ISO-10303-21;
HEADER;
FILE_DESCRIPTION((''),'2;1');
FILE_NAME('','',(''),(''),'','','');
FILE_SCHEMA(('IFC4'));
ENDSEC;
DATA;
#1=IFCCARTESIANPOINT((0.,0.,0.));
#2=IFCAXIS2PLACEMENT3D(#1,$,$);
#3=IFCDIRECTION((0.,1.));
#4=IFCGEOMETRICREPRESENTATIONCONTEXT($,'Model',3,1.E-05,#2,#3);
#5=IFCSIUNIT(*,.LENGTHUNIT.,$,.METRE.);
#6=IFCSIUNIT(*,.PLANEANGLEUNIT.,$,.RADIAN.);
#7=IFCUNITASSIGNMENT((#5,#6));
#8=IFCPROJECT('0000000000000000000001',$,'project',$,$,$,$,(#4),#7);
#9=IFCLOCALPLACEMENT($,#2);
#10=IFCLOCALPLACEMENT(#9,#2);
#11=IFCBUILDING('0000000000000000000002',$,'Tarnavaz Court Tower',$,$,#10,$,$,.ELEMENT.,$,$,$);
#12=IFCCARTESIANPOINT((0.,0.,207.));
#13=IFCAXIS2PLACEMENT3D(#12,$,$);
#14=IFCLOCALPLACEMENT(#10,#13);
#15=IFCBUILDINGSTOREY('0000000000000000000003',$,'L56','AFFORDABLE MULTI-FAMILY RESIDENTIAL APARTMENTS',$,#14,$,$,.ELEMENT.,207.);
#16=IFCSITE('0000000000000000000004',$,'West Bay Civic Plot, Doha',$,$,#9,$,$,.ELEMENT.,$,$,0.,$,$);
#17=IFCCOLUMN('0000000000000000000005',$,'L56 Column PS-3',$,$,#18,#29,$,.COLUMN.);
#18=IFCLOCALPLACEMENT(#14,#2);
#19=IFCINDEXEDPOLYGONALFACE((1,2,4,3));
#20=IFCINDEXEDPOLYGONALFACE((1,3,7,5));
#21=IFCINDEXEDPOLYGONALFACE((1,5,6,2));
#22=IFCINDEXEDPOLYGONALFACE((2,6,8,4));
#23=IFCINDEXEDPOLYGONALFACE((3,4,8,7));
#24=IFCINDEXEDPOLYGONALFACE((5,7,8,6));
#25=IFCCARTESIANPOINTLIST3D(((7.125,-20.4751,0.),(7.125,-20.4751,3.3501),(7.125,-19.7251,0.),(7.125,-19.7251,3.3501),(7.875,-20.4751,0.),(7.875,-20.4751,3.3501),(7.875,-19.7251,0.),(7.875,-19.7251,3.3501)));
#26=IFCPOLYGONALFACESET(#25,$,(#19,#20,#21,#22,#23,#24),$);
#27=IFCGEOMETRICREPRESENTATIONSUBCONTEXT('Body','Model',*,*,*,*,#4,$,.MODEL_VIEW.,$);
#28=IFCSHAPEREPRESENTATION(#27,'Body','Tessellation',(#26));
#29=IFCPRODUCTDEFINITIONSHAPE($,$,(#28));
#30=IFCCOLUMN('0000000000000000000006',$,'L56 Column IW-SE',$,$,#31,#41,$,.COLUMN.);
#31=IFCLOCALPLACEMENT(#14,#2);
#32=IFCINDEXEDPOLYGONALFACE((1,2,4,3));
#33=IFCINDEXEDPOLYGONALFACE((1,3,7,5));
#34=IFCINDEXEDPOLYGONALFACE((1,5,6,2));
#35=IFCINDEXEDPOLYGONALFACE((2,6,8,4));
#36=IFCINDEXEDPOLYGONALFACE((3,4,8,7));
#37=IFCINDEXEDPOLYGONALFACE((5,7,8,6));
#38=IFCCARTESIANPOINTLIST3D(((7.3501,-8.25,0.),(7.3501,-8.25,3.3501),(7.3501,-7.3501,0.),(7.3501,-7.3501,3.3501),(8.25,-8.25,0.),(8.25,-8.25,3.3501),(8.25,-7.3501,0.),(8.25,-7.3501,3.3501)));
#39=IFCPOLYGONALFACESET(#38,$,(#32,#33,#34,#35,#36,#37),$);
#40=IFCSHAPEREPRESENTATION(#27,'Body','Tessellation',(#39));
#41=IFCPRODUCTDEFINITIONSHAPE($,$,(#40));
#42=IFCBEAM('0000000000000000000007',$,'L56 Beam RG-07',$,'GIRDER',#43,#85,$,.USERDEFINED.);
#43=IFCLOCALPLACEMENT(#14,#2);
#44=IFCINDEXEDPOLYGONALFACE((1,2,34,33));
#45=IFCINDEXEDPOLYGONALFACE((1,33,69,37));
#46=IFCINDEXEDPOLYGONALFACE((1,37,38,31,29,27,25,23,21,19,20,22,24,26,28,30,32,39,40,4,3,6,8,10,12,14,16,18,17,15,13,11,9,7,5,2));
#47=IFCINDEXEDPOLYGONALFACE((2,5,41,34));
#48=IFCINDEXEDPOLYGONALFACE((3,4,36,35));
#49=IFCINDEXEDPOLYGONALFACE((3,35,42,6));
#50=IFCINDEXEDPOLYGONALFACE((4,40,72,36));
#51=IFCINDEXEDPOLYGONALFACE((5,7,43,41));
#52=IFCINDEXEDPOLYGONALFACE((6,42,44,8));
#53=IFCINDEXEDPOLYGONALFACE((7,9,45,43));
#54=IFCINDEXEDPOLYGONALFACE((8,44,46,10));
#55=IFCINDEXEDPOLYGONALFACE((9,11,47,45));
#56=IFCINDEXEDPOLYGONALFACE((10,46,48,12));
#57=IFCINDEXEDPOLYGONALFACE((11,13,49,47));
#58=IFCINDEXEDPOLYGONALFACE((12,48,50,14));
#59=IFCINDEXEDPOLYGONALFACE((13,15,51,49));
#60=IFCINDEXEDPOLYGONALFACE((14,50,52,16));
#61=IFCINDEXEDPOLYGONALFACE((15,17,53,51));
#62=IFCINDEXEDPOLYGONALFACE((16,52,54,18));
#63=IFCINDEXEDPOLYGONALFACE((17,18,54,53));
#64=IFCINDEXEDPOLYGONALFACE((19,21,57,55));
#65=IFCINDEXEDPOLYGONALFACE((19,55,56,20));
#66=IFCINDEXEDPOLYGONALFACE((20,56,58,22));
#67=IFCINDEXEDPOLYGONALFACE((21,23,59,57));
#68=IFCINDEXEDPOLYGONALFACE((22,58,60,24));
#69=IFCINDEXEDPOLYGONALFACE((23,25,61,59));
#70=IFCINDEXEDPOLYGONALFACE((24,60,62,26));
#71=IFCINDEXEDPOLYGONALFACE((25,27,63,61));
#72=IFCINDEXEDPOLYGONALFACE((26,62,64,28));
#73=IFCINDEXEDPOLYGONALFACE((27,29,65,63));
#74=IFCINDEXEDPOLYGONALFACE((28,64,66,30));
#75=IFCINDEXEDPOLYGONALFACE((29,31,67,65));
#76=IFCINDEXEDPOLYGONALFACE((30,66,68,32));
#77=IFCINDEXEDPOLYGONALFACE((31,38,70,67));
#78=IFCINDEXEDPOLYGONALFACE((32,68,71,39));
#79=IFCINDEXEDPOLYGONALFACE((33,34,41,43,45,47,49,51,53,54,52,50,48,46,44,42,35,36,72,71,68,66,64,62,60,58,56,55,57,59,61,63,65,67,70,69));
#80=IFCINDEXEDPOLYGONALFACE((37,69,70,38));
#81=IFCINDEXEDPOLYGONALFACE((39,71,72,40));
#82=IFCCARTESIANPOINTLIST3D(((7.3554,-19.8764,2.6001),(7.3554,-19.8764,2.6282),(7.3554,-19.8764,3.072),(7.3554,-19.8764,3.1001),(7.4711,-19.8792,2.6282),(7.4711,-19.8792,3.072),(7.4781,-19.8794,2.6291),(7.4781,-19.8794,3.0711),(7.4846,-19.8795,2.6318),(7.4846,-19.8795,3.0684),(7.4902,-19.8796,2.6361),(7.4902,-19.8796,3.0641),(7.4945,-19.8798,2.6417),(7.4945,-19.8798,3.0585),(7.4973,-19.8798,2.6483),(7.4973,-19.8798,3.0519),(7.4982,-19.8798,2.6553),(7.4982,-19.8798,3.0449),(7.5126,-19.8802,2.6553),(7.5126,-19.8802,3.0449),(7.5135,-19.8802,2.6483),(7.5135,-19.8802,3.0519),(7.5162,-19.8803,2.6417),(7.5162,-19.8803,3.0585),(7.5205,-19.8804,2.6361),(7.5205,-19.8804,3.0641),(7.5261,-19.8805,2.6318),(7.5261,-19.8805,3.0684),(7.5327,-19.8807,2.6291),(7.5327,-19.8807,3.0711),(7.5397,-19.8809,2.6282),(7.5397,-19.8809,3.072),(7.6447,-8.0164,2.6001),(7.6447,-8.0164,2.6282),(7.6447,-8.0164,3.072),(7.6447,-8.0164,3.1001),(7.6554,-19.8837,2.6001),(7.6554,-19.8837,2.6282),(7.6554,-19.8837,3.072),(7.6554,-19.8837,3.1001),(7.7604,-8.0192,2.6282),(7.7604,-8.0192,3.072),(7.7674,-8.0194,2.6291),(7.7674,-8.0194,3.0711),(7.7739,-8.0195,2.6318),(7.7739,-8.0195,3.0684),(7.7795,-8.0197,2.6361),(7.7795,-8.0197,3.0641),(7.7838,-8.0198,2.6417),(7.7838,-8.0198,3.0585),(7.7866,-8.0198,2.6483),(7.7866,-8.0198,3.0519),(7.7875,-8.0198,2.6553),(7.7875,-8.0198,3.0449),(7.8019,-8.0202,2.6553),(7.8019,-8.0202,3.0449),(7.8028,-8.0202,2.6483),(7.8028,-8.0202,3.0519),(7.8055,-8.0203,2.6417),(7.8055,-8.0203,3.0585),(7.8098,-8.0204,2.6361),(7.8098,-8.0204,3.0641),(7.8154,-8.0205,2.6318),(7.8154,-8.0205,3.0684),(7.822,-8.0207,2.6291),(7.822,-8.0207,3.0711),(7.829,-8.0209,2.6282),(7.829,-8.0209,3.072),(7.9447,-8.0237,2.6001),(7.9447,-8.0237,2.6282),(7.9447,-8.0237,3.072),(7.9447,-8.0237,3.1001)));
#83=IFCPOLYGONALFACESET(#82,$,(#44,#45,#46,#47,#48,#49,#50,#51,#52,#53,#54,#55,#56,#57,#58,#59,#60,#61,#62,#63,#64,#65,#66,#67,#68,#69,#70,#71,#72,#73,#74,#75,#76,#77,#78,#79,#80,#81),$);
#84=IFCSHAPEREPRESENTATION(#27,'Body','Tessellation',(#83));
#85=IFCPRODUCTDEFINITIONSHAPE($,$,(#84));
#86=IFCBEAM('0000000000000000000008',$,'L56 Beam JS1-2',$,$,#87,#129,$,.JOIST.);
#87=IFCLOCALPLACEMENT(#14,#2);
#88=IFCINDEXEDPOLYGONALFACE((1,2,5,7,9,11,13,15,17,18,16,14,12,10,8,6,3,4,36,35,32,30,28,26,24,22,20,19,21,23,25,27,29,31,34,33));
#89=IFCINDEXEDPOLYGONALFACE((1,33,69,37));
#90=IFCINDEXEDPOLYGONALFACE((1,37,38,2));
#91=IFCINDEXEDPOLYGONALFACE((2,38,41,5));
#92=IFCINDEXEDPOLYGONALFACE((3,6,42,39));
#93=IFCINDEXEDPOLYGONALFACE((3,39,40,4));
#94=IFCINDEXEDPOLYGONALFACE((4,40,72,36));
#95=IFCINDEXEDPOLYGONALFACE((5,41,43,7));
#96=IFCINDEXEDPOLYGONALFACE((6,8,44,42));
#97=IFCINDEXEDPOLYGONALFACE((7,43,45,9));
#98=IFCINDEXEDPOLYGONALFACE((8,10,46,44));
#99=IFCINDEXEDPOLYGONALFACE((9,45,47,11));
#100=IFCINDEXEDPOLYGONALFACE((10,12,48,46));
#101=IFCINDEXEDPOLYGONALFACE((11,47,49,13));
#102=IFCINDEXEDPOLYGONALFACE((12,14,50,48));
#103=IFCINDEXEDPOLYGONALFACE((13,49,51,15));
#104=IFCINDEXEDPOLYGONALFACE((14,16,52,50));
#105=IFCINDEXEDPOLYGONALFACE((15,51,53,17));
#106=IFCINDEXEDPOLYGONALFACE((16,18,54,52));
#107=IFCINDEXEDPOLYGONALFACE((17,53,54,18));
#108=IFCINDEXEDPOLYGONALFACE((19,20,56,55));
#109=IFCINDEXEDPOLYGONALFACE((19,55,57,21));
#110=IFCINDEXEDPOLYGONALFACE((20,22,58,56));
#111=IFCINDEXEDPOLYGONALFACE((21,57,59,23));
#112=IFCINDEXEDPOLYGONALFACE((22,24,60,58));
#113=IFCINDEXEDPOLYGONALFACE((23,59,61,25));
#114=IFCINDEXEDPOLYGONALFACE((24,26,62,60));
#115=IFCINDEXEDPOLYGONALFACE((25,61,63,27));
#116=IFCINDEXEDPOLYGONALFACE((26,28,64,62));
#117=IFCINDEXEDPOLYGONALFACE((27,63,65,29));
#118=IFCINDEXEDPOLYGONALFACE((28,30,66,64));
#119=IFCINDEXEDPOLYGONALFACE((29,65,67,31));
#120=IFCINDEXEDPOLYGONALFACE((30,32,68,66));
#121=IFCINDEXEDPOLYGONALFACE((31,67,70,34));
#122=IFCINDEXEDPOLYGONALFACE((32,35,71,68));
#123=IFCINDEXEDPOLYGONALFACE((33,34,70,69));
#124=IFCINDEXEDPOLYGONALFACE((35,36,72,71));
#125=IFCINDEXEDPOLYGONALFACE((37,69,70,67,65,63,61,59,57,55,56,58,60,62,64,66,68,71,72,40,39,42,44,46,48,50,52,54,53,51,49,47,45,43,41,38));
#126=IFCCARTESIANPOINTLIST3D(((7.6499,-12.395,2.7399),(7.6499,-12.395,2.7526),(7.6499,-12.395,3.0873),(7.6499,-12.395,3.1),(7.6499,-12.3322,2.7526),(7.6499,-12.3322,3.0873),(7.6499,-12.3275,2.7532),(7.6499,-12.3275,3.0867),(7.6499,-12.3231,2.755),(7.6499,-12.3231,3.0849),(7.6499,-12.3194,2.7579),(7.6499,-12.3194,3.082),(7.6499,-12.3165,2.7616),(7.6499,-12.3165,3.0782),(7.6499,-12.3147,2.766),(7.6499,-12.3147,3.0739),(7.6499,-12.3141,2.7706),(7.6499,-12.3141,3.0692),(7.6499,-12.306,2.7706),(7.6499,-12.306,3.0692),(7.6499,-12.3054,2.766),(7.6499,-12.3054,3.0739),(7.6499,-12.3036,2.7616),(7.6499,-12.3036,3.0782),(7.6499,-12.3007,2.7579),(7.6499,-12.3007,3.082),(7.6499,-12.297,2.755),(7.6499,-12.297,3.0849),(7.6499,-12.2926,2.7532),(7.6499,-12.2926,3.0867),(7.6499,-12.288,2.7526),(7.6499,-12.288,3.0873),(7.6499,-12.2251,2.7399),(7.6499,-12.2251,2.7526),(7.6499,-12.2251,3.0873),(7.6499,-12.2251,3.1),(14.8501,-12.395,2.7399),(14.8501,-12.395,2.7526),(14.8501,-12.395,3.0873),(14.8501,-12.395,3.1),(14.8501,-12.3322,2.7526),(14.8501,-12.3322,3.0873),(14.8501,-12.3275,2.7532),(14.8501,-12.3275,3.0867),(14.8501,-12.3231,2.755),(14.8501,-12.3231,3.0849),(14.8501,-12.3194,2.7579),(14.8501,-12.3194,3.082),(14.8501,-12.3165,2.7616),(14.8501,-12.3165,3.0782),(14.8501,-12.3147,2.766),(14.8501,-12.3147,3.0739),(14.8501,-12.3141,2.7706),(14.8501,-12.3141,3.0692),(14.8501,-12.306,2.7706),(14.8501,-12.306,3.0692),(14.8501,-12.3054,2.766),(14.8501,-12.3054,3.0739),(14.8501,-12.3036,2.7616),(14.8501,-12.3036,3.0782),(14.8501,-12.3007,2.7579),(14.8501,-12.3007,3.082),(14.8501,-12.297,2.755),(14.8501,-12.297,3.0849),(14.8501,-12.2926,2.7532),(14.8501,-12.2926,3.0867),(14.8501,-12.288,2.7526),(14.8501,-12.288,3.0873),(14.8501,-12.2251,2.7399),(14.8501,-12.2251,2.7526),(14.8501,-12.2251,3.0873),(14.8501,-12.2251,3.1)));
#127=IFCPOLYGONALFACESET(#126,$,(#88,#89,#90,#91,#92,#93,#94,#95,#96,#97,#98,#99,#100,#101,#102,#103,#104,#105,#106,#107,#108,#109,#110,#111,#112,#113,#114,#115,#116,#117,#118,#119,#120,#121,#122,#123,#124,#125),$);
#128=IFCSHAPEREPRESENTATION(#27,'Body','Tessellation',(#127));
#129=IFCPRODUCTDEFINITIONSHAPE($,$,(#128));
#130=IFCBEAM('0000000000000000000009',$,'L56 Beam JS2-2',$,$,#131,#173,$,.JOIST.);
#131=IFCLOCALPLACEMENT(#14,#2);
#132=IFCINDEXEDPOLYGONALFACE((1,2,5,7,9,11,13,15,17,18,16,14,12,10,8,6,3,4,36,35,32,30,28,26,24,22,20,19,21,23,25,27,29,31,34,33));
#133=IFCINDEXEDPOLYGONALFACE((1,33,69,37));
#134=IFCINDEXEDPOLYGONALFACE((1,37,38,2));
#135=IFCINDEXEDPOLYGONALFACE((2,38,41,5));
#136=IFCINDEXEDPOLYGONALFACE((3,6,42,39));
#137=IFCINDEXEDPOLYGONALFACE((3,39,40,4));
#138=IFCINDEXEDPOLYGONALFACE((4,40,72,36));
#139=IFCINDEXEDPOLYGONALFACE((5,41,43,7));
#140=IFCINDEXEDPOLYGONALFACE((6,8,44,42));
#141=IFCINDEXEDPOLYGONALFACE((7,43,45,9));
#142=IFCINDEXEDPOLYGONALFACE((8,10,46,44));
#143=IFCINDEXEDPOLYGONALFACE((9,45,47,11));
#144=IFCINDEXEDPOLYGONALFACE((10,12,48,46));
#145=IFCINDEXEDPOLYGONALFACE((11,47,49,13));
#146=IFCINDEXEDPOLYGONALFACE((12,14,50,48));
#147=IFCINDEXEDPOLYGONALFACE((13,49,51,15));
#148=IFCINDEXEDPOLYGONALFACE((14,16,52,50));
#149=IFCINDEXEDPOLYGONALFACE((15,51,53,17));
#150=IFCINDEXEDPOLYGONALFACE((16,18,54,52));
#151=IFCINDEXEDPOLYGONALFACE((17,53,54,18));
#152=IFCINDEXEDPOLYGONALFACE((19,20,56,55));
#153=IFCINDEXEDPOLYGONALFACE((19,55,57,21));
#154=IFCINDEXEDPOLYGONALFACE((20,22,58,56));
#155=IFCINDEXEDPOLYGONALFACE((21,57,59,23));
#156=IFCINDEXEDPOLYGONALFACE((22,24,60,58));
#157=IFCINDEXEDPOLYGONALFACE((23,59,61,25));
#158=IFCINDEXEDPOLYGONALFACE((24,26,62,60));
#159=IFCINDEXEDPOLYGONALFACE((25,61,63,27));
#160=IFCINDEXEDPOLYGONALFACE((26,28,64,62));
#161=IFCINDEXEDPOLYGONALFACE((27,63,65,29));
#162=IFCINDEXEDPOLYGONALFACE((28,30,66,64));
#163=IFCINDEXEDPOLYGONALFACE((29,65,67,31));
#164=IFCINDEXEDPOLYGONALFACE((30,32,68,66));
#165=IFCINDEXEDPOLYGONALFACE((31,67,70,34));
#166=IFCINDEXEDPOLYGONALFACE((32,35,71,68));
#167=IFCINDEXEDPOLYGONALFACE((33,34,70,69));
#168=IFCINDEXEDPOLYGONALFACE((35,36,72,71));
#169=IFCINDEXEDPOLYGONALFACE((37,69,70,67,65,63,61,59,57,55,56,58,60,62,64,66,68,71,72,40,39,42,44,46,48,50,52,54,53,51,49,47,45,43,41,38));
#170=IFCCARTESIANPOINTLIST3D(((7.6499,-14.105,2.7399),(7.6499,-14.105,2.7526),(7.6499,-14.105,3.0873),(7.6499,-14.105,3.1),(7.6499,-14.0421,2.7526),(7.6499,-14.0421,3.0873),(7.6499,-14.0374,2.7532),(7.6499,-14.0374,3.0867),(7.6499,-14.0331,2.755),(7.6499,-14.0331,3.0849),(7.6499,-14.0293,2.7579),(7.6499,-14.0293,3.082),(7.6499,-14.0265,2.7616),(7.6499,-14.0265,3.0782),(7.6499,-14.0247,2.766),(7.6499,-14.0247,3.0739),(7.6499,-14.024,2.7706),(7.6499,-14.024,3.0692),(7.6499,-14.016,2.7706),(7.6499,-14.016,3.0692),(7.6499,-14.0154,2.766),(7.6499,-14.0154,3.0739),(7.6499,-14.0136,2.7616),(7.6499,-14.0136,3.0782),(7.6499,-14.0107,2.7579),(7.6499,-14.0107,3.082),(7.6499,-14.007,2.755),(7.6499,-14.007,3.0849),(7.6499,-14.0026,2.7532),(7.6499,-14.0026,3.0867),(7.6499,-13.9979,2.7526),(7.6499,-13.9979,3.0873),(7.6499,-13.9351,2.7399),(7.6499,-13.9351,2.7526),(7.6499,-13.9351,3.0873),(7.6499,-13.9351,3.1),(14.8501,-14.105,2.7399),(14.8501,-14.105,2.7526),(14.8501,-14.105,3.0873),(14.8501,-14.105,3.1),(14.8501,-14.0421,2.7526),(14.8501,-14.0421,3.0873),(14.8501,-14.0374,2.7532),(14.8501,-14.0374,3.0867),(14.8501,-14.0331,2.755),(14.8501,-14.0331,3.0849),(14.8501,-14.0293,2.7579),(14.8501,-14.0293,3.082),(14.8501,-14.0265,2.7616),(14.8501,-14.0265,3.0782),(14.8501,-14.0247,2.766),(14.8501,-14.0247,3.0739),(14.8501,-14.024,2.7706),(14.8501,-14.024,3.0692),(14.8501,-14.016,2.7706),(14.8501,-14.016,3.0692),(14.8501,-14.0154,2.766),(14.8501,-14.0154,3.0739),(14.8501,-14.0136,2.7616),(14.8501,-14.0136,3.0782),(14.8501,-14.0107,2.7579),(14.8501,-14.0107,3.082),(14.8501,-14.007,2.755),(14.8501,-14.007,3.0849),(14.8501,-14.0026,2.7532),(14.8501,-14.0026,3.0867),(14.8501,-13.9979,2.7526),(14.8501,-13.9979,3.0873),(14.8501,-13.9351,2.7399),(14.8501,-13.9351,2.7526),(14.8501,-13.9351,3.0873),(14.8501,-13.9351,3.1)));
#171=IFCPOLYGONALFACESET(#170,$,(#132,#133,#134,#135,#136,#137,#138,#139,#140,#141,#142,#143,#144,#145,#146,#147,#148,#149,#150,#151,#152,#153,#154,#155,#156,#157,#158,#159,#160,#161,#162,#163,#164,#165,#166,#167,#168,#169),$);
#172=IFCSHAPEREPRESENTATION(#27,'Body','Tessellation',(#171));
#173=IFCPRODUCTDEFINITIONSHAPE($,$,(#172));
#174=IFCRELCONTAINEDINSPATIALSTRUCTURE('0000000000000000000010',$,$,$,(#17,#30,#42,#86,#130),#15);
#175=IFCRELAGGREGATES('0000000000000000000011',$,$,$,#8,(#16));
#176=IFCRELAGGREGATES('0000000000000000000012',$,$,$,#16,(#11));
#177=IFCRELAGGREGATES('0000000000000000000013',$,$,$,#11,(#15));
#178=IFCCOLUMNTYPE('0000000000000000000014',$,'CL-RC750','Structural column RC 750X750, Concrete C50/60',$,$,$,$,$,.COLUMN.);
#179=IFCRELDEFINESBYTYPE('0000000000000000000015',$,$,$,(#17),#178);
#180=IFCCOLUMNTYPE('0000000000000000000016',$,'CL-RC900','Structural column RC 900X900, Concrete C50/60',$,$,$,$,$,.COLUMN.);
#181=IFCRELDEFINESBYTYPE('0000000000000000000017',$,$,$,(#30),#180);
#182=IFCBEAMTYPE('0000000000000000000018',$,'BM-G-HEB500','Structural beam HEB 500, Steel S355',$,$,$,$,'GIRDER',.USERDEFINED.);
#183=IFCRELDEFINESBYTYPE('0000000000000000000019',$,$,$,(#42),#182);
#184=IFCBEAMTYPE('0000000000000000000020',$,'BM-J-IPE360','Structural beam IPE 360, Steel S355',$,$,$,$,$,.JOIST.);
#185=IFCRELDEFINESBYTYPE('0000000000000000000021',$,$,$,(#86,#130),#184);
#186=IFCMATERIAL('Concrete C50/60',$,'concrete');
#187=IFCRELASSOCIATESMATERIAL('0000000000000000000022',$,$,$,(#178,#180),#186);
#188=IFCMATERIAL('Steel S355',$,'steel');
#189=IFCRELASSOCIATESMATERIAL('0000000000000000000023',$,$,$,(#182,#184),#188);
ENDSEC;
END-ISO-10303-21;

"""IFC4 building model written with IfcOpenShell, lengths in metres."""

from ifc_helpers import new_model, si_unit, direction, frame, origin, origin_2d, place, context, subcontext, project, spatial, rectangle, i_section, extrude, material, material_profile, profile_set, type_object, element, save


model = new_model("IFC4")

# Units and contexts
model_context = context("Model", 3, precision=1e-05, world=origin(), true_north=direction((0.0, 1.0)))
body_context = subcontext(model_context, "Body", "Model", "MODEL_VIEW")
ifc_project = project(units=[si_unit("LENGTHUNIT", "METRE"), si_unit("PLANEANGLEUNIT", "RADIAN")], contexts=[model_context])

# Site, building, storey
site_placement = place(None, origin())
site = spatial("IfcSite", under=ifc_project, at=site_placement, Name="West Bay Civic Plot, Doha", CompositionType="ELEMENT", RefElevation=0.0)
building_placement = place(site_placement, origin())
building = spatial("IfcBuilding", under=site, at=building_placement, Name="Tarnavaz Court Tower", CompositionType="ELEMENT")
storey_placement = place(building_placement, frame((0.0, 0.0, 207.0)))
storey = spatial("IfcBuildingStorey", under=building, at=storey_placement, Name="L56", Description="AFFORDABLE MULTI-FAMILY RESIDENTIAL APARTMENTS", CompositionType="ELEMENT", Elevation=207.0)

# Columns
ifc_material_1 = material(Name="Concrete C50/60", Category="concrete")
ifc_material_profile_1 = material_profile(ifc_material_1, rectangle(XDim=0.75, YDim=0.75, at=origin_2d()), Name="RC 750X750")
ifc_profile_set_1 = profile_set([ifc_material_profile_1], Name="Concrete C50/60")
column_type_1 = type_object("IfcColumnType", Name="CL-RC750", Description="Structural column RC 750X750, Concrete C50/60", PredefinedType="COLUMN", material=ifc_profile_set_1)
column_1_placement = place(storey_placement, frame((7.5, -20.1001, 0.0), z_axis=(0.0, 0.0, 1.0), x_axis=(1.0, 0.0, 0.0)))
element("IfcColumn", 1, at=column_1_placement, inside=storey, type_object=column_type_1, Name="L56 Column PS-3", PredefinedType="COLUMN", context=body_context, shape_type="SweptSolid", body=[
    extrude(rectangle(XDim=0.75, YDim=0.75, at=origin_2d()), origin(), (0.0, 0.0, 1.0), 3.3501),
])
ifc_material_profile_2 = material_profile(ifc_material_1, rectangle(XDim=0.8999, YDim=0.8999, at=origin_2d()), Name="RC 900X900")
ifc_profile_set_2 = profile_set([ifc_material_profile_2], Name="Concrete C50/60")
column_type_2 = type_object("IfcColumnType", Name="CL-RC900", Description="Structural column RC 900X900, Concrete C50/60", PredefinedType="COLUMN", material=ifc_profile_set_2)
column_2_placement = place(storey_placement, frame((7.8, -7.8, 0.0), z_axis=(0.0, 0.0, 1.0), x_axis=(1.0, 0.0, 0.0)))
element("IfcColumn", 2, at=column_2_placement, inside=storey, type_object=column_type_2, Name="L56 Column IW-SE", PredefinedType="COLUMN", context=body_context, shape_type="SweptSolid", body=[
    extrude(rectangle(XDim=0.8999, YDim=0.8999, at=origin_2d()), origin(), (0.0, 0.0, 1.0), 3.3501),
])

# Beams
ifc_material_2 = material(Name="Steel S355", Category="steel")
ifc_material_profile_3 = material_profile(ifc_material_2, i_section(OverallWidth=0.3, OverallDepth=0.5, WebThickness=0.0144, FlangeThickness=0.0281, FilletRadius=0.0271, at=origin_2d()), Name="HEB 500")
ifc_profile_set_3 = profile_set([ifc_material_profile_3], Name="Steel S355")
beam_type_1 = type_object("IfcBeamType", Name="BM-G-HEB500", Description="Structural beam HEB 500, Steel S355", ElementType="GIRDER", PredefinedType="USERDEFINED", material=ifc_profile_set_3)
beam_1_placement = place(storey_placement, frame((7.7947, -8.02, 2.8501), z_axis=(-0.024386, -0.999703, 0.0), x_axis=(0.999703, -0.024386, 0.0)))
element("IfcBeam", 3, at=beam_1_placement, inside=storey, type_object=beam_type_1, Name="L56 Beam RG-07", ObjectType="GIRDER", PredefinedType="USERDEFINED", context=body_context, shape_type="SweptSolid", body=[
    extrude(i_section(OverallWidth=0.3, OverallDepth=0.5, WebThickness=0.0144, FlangeThickness=0.0281, FilletRadius=0.0271, at=origin_2d()), origin(), (0.0, 0.0, 1.0), 11.8635),
])
ifc_material_profile_4 = material_profile(ifc_material_2, i_section(OverallWidth=0.1699, OverallDepth=0.3601, WebThickness=0.0081, FlangeThickness=0.0127, FilletRadius=0.0181, at=origin_2d()), Name="IPE 360")
ifc_profile_set_4 = profile_set([ifc_material_profile_4], Name="Steel S355")
beam_type_2 = type_object("IfcBeamType", Name="BM-J-IPE360", Description="Structural beam IPE 360, Steel S355", PredefinedType="JOIST", material=ifc_profile_set_4)
for number, where, z_axis, x_axis, name in (
    (4, (7.6499, -12.3101, 2.9199), (1.0, 0.0, 0.0), (0.0, 1.0, 0.0), "L56 Beam JS1-2"),
    (5, (7.6499, -14.02, 2.9199), (1.0, 0.0, 0.0), (0.0, 1.0, 0.0), "L56 Beam JS2-2"),
):
    element("IfcBeam", number, at=place(storey_placement, frame(where, z_axis=z_axis, x_axis=x_axis)), inside=storey, type_object=beam_type_2, Name=name, PredefinedType="JOIST", context=body_context, shape_type="SweptSolid", body=[
        extrude(i_section(OverallWidth=0.1699, OverallDepth=0.3601, WebThickness=0.0081, FlangeThickness=0.0127, FilletRadius=0.0181, at=origin_2d()), origin(), (0.0, 0.0, 1.0), 7.2002),
    ])

save(model, "model.ifc")
